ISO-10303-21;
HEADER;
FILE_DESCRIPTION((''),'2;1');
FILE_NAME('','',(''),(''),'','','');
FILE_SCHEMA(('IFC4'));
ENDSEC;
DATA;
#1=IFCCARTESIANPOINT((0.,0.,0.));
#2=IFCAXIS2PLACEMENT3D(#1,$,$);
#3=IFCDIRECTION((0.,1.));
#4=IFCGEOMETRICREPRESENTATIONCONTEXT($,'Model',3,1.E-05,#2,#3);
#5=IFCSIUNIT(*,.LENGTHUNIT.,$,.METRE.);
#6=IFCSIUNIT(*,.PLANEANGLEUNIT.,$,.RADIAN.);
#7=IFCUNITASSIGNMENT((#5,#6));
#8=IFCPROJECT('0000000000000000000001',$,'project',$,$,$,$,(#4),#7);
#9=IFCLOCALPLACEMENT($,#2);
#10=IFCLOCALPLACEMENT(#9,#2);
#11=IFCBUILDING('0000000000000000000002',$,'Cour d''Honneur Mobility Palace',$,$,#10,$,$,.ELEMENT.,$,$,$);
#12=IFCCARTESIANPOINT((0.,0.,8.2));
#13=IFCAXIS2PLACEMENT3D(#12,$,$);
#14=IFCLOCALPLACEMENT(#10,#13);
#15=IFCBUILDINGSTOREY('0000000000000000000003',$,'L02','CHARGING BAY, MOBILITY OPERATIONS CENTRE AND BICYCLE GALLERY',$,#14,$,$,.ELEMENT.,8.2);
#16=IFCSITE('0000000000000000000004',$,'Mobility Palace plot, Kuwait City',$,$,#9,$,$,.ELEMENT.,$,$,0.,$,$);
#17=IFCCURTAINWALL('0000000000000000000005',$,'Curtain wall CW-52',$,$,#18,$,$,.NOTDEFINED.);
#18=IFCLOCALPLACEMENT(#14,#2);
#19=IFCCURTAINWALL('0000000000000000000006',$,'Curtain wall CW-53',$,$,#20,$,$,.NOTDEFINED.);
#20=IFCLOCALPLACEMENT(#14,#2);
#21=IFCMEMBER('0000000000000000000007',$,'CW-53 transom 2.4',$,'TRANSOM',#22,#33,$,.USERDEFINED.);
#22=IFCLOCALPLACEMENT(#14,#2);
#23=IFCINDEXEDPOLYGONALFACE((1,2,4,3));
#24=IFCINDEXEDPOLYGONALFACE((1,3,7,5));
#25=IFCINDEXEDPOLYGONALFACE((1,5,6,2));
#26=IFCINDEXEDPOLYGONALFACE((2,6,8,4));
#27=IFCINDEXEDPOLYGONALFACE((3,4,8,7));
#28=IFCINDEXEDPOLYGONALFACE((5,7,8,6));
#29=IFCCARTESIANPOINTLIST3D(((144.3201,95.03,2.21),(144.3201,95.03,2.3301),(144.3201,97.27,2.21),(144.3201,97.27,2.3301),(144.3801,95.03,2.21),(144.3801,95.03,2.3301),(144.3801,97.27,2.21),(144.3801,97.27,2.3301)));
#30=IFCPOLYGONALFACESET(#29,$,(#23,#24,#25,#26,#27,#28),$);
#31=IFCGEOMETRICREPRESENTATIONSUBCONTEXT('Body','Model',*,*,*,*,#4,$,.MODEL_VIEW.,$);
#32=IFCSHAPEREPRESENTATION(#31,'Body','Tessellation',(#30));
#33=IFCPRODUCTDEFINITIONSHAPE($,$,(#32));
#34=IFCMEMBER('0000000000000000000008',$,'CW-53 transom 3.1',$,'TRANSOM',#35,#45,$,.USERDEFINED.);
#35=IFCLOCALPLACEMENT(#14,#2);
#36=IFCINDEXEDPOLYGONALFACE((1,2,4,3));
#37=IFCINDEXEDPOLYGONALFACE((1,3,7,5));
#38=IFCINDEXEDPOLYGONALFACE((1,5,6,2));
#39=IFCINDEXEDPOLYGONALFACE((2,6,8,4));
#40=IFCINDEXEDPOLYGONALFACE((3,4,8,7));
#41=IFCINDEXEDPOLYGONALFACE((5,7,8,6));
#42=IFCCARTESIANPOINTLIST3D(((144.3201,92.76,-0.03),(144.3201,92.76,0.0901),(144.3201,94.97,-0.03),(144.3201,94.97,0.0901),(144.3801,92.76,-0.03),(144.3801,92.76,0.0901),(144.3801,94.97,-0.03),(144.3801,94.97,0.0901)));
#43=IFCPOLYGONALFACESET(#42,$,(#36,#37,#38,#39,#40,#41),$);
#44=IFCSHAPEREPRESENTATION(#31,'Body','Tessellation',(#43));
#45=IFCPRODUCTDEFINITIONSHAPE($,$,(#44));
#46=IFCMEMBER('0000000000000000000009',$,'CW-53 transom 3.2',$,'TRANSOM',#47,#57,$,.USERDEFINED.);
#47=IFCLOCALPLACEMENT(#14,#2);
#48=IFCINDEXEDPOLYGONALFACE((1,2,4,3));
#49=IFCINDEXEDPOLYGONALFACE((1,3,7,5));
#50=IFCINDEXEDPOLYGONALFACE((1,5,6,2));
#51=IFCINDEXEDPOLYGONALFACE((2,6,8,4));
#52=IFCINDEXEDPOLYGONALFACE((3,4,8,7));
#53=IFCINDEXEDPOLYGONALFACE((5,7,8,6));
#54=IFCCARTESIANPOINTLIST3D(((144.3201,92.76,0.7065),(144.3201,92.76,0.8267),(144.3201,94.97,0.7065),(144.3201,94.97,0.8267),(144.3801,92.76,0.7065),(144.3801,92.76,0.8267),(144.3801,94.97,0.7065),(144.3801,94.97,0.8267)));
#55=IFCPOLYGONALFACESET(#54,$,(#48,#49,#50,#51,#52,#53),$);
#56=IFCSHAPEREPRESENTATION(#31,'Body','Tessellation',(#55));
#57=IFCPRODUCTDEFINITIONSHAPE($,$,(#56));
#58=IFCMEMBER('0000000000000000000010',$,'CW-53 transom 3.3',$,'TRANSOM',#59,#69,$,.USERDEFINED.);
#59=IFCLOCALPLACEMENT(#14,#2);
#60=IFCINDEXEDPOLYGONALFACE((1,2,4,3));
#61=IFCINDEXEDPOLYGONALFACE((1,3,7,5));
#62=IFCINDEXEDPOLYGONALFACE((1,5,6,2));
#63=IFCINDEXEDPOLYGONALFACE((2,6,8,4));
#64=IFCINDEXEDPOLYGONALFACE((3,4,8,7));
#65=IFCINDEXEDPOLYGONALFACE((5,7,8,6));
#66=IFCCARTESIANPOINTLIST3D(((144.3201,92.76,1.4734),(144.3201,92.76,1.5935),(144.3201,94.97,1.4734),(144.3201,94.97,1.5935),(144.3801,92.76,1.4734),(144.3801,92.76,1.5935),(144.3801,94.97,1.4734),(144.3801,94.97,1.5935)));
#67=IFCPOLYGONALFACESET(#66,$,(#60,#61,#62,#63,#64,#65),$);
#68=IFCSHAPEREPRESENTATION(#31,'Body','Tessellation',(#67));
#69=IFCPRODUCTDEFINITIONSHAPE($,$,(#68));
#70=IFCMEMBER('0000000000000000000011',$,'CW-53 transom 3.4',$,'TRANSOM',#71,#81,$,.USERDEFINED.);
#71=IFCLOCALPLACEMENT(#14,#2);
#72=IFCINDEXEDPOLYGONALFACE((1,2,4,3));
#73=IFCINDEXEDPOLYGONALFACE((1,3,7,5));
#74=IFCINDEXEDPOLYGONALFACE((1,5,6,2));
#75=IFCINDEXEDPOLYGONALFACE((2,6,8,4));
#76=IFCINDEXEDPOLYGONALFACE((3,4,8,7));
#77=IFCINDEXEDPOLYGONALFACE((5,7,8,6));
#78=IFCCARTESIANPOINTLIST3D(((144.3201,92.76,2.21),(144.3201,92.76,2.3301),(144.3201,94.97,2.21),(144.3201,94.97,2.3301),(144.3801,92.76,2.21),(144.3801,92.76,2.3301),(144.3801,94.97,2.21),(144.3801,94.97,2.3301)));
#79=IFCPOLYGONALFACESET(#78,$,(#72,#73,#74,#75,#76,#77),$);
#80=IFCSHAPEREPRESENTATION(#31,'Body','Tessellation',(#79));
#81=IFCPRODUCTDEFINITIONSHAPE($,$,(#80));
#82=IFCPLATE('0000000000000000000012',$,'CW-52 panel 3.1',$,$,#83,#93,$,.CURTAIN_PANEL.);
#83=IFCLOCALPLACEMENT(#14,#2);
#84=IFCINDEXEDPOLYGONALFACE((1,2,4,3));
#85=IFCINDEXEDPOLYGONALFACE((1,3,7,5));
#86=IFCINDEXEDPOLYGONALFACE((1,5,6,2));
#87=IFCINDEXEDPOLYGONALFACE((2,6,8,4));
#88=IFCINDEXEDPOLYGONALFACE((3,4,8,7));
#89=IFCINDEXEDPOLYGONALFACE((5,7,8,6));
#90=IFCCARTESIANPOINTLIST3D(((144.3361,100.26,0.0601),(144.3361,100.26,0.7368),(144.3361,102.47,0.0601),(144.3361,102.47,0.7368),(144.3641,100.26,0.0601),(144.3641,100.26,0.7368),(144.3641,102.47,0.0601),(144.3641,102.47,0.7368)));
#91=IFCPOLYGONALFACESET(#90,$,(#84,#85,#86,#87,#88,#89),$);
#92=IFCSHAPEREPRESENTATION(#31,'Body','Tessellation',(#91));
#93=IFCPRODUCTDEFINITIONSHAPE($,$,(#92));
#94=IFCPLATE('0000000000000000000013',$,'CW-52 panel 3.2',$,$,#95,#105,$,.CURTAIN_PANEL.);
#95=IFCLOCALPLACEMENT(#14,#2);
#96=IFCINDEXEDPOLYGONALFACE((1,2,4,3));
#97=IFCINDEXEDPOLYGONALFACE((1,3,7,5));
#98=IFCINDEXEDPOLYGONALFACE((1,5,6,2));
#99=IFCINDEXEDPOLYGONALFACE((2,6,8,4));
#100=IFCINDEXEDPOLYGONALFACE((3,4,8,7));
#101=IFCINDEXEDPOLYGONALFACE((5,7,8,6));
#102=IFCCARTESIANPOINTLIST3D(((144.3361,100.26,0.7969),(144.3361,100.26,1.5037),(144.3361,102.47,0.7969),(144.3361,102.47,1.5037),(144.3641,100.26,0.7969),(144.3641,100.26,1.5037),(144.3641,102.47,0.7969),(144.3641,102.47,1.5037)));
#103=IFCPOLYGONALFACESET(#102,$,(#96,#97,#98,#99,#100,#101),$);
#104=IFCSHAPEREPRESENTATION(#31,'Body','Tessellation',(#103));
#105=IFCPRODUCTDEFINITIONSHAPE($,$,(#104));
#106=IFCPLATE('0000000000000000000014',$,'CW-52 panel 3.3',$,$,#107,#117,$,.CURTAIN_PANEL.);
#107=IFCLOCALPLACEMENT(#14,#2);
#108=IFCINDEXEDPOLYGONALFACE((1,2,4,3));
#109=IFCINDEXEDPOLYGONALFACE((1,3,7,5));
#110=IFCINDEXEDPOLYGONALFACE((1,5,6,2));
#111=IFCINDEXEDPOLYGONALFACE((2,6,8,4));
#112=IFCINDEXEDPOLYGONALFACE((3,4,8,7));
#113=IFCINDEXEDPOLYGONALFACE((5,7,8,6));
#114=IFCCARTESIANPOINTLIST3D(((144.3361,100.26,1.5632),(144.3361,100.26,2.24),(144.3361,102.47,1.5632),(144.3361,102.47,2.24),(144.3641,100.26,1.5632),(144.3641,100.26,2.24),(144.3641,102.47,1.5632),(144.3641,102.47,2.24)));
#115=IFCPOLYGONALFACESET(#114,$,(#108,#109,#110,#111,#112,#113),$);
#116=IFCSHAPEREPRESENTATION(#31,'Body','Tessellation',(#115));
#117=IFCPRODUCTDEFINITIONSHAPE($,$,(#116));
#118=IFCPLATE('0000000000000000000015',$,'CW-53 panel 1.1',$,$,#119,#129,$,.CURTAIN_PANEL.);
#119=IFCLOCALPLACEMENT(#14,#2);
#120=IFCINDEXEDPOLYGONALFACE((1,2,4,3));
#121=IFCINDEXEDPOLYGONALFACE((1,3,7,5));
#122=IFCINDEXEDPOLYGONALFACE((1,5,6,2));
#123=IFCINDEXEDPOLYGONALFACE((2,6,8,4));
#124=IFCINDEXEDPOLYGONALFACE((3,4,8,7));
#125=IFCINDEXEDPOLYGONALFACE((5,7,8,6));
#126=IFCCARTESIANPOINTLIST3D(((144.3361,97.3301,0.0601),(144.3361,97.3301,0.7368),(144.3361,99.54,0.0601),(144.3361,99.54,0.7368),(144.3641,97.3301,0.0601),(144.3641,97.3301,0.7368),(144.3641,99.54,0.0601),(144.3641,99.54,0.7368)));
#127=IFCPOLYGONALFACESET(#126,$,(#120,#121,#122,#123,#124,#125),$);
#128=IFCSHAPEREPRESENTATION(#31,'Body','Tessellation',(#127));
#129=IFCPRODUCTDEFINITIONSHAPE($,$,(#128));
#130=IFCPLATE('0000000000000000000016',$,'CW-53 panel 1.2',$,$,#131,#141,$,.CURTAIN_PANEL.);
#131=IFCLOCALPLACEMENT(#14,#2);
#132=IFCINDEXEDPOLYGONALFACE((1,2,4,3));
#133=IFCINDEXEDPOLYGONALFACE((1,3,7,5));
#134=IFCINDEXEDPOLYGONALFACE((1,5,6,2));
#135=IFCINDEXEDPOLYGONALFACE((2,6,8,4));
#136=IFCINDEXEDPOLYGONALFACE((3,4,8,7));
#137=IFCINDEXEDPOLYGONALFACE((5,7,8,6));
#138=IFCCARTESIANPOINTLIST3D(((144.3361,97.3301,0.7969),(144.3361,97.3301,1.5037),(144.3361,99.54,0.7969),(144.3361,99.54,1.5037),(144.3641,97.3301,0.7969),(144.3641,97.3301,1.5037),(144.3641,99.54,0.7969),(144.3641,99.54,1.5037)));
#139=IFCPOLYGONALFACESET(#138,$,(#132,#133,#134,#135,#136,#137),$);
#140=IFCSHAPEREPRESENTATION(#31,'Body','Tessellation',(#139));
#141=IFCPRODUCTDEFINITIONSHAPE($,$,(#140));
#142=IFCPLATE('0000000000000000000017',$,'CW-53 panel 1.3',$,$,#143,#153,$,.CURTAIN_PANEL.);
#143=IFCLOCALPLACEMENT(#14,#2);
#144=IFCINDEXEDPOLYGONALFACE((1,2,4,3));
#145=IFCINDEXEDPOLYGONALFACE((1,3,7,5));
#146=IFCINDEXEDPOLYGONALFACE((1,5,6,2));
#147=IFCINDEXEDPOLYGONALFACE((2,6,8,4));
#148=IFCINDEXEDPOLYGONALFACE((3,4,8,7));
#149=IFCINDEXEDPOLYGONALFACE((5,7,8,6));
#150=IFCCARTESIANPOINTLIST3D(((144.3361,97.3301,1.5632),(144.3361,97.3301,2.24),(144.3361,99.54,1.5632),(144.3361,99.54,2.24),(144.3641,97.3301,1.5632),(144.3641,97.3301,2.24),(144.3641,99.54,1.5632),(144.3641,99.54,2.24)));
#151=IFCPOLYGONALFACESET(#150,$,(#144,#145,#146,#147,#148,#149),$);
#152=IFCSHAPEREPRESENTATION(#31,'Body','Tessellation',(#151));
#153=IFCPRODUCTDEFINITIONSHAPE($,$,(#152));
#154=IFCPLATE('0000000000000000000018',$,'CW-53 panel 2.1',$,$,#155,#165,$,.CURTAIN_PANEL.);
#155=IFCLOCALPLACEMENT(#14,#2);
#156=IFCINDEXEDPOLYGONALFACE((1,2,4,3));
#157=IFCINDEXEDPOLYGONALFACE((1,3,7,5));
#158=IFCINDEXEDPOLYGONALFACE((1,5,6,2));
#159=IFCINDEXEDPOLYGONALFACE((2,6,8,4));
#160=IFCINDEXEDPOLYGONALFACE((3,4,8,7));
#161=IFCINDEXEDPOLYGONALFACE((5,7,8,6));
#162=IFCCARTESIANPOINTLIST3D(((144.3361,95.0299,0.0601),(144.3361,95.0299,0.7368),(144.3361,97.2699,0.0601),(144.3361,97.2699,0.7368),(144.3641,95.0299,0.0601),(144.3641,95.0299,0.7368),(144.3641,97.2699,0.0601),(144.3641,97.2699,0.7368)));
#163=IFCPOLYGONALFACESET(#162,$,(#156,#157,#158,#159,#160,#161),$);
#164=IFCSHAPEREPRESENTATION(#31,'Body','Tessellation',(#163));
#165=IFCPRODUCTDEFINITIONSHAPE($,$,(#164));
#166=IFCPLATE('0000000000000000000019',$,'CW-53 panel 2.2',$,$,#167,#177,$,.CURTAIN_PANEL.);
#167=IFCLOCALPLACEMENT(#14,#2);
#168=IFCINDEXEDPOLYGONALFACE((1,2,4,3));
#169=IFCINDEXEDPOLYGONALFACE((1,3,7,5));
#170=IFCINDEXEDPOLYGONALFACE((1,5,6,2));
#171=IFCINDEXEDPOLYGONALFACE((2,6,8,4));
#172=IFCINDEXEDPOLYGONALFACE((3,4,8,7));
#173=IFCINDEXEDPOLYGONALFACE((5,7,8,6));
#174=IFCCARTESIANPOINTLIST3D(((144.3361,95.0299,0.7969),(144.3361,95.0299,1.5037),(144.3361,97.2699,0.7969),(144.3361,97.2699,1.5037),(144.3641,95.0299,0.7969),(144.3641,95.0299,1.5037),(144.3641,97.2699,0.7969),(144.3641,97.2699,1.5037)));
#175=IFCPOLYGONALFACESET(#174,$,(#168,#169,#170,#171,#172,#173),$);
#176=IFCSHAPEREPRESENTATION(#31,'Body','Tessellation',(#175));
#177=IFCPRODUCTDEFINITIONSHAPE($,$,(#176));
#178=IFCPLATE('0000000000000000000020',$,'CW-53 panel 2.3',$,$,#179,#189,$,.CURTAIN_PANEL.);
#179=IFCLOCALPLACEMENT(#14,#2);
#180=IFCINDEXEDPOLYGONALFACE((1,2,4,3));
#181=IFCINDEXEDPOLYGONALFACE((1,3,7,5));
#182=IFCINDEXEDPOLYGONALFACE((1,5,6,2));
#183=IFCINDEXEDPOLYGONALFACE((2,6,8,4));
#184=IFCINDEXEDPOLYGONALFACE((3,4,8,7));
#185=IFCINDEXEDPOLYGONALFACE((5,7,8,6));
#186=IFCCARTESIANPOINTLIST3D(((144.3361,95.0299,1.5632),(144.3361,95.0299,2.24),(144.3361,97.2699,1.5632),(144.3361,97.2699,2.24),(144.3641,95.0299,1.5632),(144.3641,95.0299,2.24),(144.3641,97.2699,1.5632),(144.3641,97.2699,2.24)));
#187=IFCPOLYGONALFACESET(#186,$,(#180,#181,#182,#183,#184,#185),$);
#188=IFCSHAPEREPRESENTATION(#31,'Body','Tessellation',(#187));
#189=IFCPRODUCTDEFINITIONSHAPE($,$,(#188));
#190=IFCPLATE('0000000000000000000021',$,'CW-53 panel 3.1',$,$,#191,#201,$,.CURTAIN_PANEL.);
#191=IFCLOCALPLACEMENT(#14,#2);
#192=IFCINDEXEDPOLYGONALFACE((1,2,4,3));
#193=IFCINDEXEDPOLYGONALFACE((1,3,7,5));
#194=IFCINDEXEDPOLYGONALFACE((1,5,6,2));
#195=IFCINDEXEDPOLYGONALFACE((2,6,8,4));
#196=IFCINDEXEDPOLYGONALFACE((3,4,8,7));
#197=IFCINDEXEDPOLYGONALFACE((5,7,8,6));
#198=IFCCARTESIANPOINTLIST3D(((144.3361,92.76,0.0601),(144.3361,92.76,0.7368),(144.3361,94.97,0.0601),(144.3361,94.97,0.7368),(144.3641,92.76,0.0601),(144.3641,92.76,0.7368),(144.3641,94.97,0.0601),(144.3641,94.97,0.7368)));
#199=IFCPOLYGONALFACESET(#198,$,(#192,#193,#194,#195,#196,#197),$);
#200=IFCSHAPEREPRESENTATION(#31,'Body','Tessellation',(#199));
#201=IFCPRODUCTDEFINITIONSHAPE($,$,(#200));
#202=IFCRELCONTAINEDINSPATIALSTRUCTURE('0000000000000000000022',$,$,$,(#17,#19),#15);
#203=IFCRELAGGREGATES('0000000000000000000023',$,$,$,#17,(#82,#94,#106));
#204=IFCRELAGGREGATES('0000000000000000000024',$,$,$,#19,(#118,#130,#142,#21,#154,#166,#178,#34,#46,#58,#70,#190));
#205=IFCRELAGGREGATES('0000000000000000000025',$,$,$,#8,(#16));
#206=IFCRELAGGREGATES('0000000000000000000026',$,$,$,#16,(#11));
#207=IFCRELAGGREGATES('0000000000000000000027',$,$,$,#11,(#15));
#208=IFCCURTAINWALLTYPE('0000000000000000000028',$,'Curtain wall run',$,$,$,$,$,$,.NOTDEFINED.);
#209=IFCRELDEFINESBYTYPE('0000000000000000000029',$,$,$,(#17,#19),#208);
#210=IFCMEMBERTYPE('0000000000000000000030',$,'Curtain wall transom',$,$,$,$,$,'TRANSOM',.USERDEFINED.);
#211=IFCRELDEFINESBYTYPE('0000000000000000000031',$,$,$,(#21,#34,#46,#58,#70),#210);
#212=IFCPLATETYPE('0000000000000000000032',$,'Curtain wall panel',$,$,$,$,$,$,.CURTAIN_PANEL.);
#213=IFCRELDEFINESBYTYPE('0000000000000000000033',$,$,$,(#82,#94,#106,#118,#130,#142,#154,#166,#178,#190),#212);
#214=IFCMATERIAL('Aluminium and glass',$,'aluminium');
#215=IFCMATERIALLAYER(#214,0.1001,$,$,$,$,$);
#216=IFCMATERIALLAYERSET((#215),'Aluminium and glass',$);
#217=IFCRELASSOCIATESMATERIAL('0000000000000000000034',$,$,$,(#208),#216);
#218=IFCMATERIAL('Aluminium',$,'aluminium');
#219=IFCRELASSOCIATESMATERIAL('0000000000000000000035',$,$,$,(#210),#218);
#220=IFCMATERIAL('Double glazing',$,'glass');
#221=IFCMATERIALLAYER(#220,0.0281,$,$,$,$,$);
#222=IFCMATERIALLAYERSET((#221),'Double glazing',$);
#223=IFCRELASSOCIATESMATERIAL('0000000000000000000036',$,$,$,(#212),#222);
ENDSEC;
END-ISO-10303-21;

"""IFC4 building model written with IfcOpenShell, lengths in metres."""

from ifc_helpers import new_model, si_unit, direction, frame, origin, origin_2d, place, context, subcontext, project, spatial, rectangle, extrude, material, layer, layer_set, material_profile, profile_set, type_object, element, aggregate, save


model = new_model("IFC4")

# Units and contexts
model_context = context("Model", 3, precision=1e-05, world=origin(), true_north=direction((0.0, 1.0)))
body_context = subcontext(model_context, "Body", "Model", "MODEL_VIEW")
ifc_project = project(units=[si_unit("LENGTHUNIT", "METRE"), si_unit("PLANEANGLEUNIT", "RADIAN")], contexts=[model_context])

# Site, building, storey
site_placement = place(None, origin())
site = spatial("IfcSite", under=ifc_project, at=site_placement, Name="Mobility Palace plot, Kuwait City", CompositionType="ELEMENT", RefElevation=0.0)
building_placement = place(site_placement, origin())
building = spatial("IfcBuilding", under=site, at=building_placement, Name="Cour d'Honneur Mobility Palace", CompositionType="ELEMENT")
storey_placement = place(building_placement, frame((0.0, 0.0, 8.2)))
storey = spatial("IfcBuildingStorey", under=building, at=storey_placement, Name="L02", Description="CHARGING BAY, MOBILITY OPERATIONS CENTRE AND BICYCLE GALLERY", CompositionType="ELEMENT", Elevation=8.2)

# Curtain wall
ifc_material_1 = material(Name="Aluminium and glass", Category="aluminium")
ifc_layer_1 = layer(ifc_material_1, 0.1001)
ifc_layer_set_1 = layer_set([ifc_layer_1], Name="Aluminium and glass")
curtain_wall_type = type_object("IfcCurtainWallType", Name="Curtain wall run", PredefinedType="NOTDEFINED", material=ifc_layer_set_1)
curtain_wall_1_placement = place(storey_placement, origin())
curtain_wall_1 = element("IfcCurtainWall", 1, at=curtain_wall_1_placement, inside=storey, type_object=curtain_wall_type, Name="Curtain wall CW-52", PredefinedType="NOTDEFINED")

# Curtain wall
curtain_wall_2_placement = place(storey_placement, origin())
curtain_wall_2 = element("IfcCurtainWall", 2, at=curtain_wall_2_placement, inside=storey, type_object=curtain_wall_type, Name="Curtain wall CW-53", PredefinedType="NOTDEFINED")

# Members
ifc_material_2 = material(Name="Aluminium", Category="aluminium")
ifc_material_profile_1 = material_profile(ifc_material_2, rectangle(XDim=0.0601, YDim=0.1201, at=origin_2d()), Name="Curtain wall transom")
ifc_profile_set_1 = profile_set([ifc_material_profile_1], Name="Aluminium")
member_type_1 = type_object("IfcMemberType", Name="Curtain wall transom", ElementType="TRANSOM", PredefinedType="USERDEFINED", material=ifc_profile_set_1)
member_1_placement = place(storey_placement, frame((144.3501, 97.27, 2.27), z_axis=(0.0, -1.0, 0.0), x_axis=(1.0, 0.0, 0.0)))
member_1 = element("IfcMember", 3, at=member_1_placement, type_object=member_type_1, Name="CW-53 transom 2.4", ObjectType="TRANSOM", PredefinedType="USERDEFINED", context=body_context, shape_type="SweptSolid", body=[
    extrude(rectangle(XDim=0.0601, YDim=0.1201, at=origin_2d()), origin(), (0.0, 0.0, 1.0), 2.24),
])
member_2_placement = place(storey_placement, frame((144.3501, 94.97, 0.03), z_axis=(0.0, -1.0, 0.0), x_axis=(1.0, 0.0, 0.0)))
member_2 = element("IfcMember", 4, at=member_2_placement, type_object=member_type_1, Name="CW-53 transom 3.1", ObjectType="TRANSOM", PredefinedType="USERDEFINED", context=body_context, shape_type="SweptSolid", body=[
    extrude(rectangle(XDim=0.0601, YDim=0.1201, at=origin_2d()), origin(), (0.0, 0.0, 1.0), 2.21),
])
member_3_placement = place(storey_placement, frame((144.3501, 94.97, 0.7666), z_axis=(0.0, -1.0, 0.0), x_axis=(1.0, 0.0, 0.0)))
member_3 = element("IfcMember", 5, at=member_3_placement, type_object=member_type_1, Name="CW-53 transom 3.2", ObjectType="TRANSOM", PredefinedType="USERDEFINED", context=body_context, shape_type="SweptSolid", body=[
    extrude(rectangle(XDim=0.0601, YDim=0.1201, at=origin_2d()), origin(), (0.0, 0.0, 1.0), 2.21),
])
member_4_placement = place(storey_placement, frame((144.3501, 94.97, 1.5334), z_axis=(0.0, -1.0, 0.0), x_axis=(1.0, 0.0, 0.0)))
member_4 = element("IfcMember", 6, at=member_4_placement, type_object=member_type_1, Name="CW-53 transom 3.3", ObjectType="TRANSOM", PredefinedType="USERDEFINED", context=body_context, shape_type="SweptSolid", body=[
    extrude(rectangle(XDim=0.0601, YDim=0.1201, at=origin_2d()), origin(), (0.0, 0.0, 1.0), 2.21),
])
member_5_placement = place(storey_placement, frame((144.3501, 94.97, 2.27), z_axis=(0.0, -1.0, 0.0), x_axis=(1.0, 0.0, 0.0)))
member_5 = element("IfcMember", 7, at=member_5_placement, type_object=member_type_1, Name="CW-53 transom 3.4", ObjectType="TRANSOM", PredefinedType="USERDEFINED", context=body_context, shape_type="SweptSolid", body=[
    extrude(rectangle(XDim=0.0601, YDim=0.1201, at=origin_2d()), origin(), (0.0, 0.0, 1.0), 2.21),
])

# Plates
ifc_material_3 = material(Name="Double glazing", Category="glass")
ifc_layer_2 = layer(ifc_material_3, 0.0281)
ifc_layer_set_2 = layer_set([ifc_layer_2], Name="Double glazing")
plate_type = type_object("IfcPlateType", Name="Curtain wall panel", PredefinedType="CURTAIN_PANEL", material=ifc_layer_set_2)
plate_1_placement = place(storey_placement, frame((144.3501, 101.365, 0.0601), z_axis=(0.0, 0.0, 1.0), x_axis=(0.0, -1.0, 0.0)))
plate_1 = element("IfcPlate", 8, at=plate_1_placement, type_object=plate_type, Name="CW-52 panel 3.1", PredefinedType="CURTAIN_PANEL", context=body_context, shape_type="SweptSolid", body=[
    extrude(rectangle(XDim=2.21, YDim=0.0281, at=origin_2d()), origin(), (0.0, 0.0, 1.0), 0.6768),
])
plate_2_placement = place(storey_placement, frame((144.3501, 101.365, 0.7969), z_axis=(0.0, 0.0, 1.0), x_axis=(0.0, -1.0, 0.0)))
plate_2 = element("IfcPlate", 9, at=plate_2_placement, type_object=plate_type, Name="CW-52 panel 3.2", PredefinedType="CURTAIN_PANEL", context=body_context, shape_type="SweptSolid", body=[
    extrude(rectangle(XDim=2.21, YDim=0.0281, at=origin_2d()), origin(), (0.0, 0.0, 1.0), 0.7068),
])
plate_3_placement = place(storey_placement, frame((144.3501, 101.365, 1.5632), z_axis=(0.0, 0.0, 1.0), x_axis=(0.0, -1.0, 0.0)))
plate_3 = element("IfcPlate", 10, at=plate_3_placement, type_object=plate_type, Name="CW-52 panel 3.3", PredefinedType="CURTAIN_PANEL", context=body_context, shape_type="SweptSolid", body=[
    extrude(rectangle(XDim=2.21, YDim=0.0281, at=origin_2d()), origin(), (0.0, 0.0, 1.0), 0.6768),
])
aggregate(curtain_wall_1, [plate_1, plate_2, plate_3])
plate_4_placement = place(storey_placement, frame((144.3501, 98.4351, 0.0601), z_axis=(0.0, 0.0, 1.0), x_axis=(0.0, -1.0, 0.0)))
plate_4 = element("IfcPlate", 11, at=plate_4_placement, type_object=plate_type, Name="CW-53 panel 1.1", PredefinedType="CURTAIN_PANEL", context=body_context, shape_type="SweptSolid", body=[
    extrude(rectangle(XDim=2.21, YDim=0.0281, at=origin_2d()), origin(), (0.0, 0.0, 1.0), 0.6768),
])
plate_5_placement = place(storey_placement, frame((144.3501, 98.4351, 0.7969), z_axis=(0.0, 0.0, 1.0), x_axis=(0.0, -1.0, 0.0)))
plate_5 = element("IfcPlate", 12, at=plate_5_placement, type_object=plate_type, Name="CW-53 panel 1.2", PredefinedType="CURTAIN_PANEL", context=body_context, shape_type="SweptSolid", body=[
    extrude(rectangle(XDim=2.21, YDim=0.0281, at=origin_2d()), origin(), (0.0, 0.0, 1.0), 0.7068),
])
plate_6_placement = place(storey_placement, frame((144.3501, 98.4351, 1.5632), z_axis=(0.0, 0.0, 1.0), x_axis=(0.0, -1.0, 0.0)))
plate_6 = element("IfcPlate", 13, at=plate_6_placement, type_object=plate_type, Name="CW-53 panel 1.3", PredefinedType="CURTAIN_PANEL", context=body_context, shape_type="SweptSolid", body=[
    extrude(rectangle(XDim=2.21, YDim=0.0281, at=origin_2d()), origin(), (0.0, 0.0, 1.0), 0.6768),
])
plate_7_placement = place(storey_placement, frame((144.3501, 96.1499, 0.0601), z_axis=(0.0, 0.0, 1.0), x_axis=(0.0, -1.0, 0.0)))
plate_7 = element("IfcPlate", 14, at=plate_7_placement, type_object=plate_type, Name="CW-53 panel 2.1", PredefinedType="CURTAIN_PANEL", context=body_context, shape_type="SweptSolid", body=[
    extrude(rectangle(XDim=2.24, YDim=0.0281, at=origin_2d()), origin(), (0.0, 0.0, 1.0), 0.6768),
])
plate_8_placement = place(storey_placement, frame((144.3501, 96.1499, 0.7969), z_axis=(0.0, 0.0, 1.0), x_axis=(0.0, -1.0, 0.0)))
plate_8 = element("IfcPlate", 15, at=plate_8_placement, type_object=plate_type, Name="CW-53 panel 2.2", PredefinedType="CURTAIN_PANEL", context=body_context, shape_type="SweptSolid", body=[
    extrude(rectangle(XDim=2.24, YDim=0.0281, at=origin_2d()), origin(), (0.0, 0.0, 1.0), 0.7068),
])
plate_9_placement = place(storey_placement, frame((144.3501, 96.1499, 1.5632), z_axis=(0.0, 0.0, 1.0), x_axis=(0.0, -1.0, 0.0)))
plate_9 = element("IfcPlate", 16, at=plate_9_placement, type_object=plate_type, Name="CW-53 panel 2.3", PredefinedType="CURTAIN_PANEL", context=body_context, shape_type="SweptSolid", body=[
    extrude(rectangle(XDim=2.24, YDim=0.0281, at=origin_2d()), origin(), (0.0, 0.0, 1.0), 0.6768),
])
plate_10_placement = place(storey_placement, frame((144.3501, 93.865, 0.0601), z_axis=(0.0, 0.0, 1.0), x_axis=(0.0, -1.0, 0.0)))
plate_10 = element("IfcPlate", 17, at=plate_10_placement, type_object=plate_type, Name="CW-53 panel 3.1", PredefinedType="CURTAIN_PANEL", context=body_context, shape_type="SweptSolid", body=[
    extrude(rectangle(XDim=2.21, YDim=0.0281, at=origin_2d()), origin(), (0.0, 0.0, 1.0), 0.6768),
])
aggregate(curtain_wall_2, [plate_4, plate_5, plate_6, member_1, plate_7, plate_8, plate_9, member_2, member_3, member_4, member_5, plate_10])

save(model, "model.ifc")
